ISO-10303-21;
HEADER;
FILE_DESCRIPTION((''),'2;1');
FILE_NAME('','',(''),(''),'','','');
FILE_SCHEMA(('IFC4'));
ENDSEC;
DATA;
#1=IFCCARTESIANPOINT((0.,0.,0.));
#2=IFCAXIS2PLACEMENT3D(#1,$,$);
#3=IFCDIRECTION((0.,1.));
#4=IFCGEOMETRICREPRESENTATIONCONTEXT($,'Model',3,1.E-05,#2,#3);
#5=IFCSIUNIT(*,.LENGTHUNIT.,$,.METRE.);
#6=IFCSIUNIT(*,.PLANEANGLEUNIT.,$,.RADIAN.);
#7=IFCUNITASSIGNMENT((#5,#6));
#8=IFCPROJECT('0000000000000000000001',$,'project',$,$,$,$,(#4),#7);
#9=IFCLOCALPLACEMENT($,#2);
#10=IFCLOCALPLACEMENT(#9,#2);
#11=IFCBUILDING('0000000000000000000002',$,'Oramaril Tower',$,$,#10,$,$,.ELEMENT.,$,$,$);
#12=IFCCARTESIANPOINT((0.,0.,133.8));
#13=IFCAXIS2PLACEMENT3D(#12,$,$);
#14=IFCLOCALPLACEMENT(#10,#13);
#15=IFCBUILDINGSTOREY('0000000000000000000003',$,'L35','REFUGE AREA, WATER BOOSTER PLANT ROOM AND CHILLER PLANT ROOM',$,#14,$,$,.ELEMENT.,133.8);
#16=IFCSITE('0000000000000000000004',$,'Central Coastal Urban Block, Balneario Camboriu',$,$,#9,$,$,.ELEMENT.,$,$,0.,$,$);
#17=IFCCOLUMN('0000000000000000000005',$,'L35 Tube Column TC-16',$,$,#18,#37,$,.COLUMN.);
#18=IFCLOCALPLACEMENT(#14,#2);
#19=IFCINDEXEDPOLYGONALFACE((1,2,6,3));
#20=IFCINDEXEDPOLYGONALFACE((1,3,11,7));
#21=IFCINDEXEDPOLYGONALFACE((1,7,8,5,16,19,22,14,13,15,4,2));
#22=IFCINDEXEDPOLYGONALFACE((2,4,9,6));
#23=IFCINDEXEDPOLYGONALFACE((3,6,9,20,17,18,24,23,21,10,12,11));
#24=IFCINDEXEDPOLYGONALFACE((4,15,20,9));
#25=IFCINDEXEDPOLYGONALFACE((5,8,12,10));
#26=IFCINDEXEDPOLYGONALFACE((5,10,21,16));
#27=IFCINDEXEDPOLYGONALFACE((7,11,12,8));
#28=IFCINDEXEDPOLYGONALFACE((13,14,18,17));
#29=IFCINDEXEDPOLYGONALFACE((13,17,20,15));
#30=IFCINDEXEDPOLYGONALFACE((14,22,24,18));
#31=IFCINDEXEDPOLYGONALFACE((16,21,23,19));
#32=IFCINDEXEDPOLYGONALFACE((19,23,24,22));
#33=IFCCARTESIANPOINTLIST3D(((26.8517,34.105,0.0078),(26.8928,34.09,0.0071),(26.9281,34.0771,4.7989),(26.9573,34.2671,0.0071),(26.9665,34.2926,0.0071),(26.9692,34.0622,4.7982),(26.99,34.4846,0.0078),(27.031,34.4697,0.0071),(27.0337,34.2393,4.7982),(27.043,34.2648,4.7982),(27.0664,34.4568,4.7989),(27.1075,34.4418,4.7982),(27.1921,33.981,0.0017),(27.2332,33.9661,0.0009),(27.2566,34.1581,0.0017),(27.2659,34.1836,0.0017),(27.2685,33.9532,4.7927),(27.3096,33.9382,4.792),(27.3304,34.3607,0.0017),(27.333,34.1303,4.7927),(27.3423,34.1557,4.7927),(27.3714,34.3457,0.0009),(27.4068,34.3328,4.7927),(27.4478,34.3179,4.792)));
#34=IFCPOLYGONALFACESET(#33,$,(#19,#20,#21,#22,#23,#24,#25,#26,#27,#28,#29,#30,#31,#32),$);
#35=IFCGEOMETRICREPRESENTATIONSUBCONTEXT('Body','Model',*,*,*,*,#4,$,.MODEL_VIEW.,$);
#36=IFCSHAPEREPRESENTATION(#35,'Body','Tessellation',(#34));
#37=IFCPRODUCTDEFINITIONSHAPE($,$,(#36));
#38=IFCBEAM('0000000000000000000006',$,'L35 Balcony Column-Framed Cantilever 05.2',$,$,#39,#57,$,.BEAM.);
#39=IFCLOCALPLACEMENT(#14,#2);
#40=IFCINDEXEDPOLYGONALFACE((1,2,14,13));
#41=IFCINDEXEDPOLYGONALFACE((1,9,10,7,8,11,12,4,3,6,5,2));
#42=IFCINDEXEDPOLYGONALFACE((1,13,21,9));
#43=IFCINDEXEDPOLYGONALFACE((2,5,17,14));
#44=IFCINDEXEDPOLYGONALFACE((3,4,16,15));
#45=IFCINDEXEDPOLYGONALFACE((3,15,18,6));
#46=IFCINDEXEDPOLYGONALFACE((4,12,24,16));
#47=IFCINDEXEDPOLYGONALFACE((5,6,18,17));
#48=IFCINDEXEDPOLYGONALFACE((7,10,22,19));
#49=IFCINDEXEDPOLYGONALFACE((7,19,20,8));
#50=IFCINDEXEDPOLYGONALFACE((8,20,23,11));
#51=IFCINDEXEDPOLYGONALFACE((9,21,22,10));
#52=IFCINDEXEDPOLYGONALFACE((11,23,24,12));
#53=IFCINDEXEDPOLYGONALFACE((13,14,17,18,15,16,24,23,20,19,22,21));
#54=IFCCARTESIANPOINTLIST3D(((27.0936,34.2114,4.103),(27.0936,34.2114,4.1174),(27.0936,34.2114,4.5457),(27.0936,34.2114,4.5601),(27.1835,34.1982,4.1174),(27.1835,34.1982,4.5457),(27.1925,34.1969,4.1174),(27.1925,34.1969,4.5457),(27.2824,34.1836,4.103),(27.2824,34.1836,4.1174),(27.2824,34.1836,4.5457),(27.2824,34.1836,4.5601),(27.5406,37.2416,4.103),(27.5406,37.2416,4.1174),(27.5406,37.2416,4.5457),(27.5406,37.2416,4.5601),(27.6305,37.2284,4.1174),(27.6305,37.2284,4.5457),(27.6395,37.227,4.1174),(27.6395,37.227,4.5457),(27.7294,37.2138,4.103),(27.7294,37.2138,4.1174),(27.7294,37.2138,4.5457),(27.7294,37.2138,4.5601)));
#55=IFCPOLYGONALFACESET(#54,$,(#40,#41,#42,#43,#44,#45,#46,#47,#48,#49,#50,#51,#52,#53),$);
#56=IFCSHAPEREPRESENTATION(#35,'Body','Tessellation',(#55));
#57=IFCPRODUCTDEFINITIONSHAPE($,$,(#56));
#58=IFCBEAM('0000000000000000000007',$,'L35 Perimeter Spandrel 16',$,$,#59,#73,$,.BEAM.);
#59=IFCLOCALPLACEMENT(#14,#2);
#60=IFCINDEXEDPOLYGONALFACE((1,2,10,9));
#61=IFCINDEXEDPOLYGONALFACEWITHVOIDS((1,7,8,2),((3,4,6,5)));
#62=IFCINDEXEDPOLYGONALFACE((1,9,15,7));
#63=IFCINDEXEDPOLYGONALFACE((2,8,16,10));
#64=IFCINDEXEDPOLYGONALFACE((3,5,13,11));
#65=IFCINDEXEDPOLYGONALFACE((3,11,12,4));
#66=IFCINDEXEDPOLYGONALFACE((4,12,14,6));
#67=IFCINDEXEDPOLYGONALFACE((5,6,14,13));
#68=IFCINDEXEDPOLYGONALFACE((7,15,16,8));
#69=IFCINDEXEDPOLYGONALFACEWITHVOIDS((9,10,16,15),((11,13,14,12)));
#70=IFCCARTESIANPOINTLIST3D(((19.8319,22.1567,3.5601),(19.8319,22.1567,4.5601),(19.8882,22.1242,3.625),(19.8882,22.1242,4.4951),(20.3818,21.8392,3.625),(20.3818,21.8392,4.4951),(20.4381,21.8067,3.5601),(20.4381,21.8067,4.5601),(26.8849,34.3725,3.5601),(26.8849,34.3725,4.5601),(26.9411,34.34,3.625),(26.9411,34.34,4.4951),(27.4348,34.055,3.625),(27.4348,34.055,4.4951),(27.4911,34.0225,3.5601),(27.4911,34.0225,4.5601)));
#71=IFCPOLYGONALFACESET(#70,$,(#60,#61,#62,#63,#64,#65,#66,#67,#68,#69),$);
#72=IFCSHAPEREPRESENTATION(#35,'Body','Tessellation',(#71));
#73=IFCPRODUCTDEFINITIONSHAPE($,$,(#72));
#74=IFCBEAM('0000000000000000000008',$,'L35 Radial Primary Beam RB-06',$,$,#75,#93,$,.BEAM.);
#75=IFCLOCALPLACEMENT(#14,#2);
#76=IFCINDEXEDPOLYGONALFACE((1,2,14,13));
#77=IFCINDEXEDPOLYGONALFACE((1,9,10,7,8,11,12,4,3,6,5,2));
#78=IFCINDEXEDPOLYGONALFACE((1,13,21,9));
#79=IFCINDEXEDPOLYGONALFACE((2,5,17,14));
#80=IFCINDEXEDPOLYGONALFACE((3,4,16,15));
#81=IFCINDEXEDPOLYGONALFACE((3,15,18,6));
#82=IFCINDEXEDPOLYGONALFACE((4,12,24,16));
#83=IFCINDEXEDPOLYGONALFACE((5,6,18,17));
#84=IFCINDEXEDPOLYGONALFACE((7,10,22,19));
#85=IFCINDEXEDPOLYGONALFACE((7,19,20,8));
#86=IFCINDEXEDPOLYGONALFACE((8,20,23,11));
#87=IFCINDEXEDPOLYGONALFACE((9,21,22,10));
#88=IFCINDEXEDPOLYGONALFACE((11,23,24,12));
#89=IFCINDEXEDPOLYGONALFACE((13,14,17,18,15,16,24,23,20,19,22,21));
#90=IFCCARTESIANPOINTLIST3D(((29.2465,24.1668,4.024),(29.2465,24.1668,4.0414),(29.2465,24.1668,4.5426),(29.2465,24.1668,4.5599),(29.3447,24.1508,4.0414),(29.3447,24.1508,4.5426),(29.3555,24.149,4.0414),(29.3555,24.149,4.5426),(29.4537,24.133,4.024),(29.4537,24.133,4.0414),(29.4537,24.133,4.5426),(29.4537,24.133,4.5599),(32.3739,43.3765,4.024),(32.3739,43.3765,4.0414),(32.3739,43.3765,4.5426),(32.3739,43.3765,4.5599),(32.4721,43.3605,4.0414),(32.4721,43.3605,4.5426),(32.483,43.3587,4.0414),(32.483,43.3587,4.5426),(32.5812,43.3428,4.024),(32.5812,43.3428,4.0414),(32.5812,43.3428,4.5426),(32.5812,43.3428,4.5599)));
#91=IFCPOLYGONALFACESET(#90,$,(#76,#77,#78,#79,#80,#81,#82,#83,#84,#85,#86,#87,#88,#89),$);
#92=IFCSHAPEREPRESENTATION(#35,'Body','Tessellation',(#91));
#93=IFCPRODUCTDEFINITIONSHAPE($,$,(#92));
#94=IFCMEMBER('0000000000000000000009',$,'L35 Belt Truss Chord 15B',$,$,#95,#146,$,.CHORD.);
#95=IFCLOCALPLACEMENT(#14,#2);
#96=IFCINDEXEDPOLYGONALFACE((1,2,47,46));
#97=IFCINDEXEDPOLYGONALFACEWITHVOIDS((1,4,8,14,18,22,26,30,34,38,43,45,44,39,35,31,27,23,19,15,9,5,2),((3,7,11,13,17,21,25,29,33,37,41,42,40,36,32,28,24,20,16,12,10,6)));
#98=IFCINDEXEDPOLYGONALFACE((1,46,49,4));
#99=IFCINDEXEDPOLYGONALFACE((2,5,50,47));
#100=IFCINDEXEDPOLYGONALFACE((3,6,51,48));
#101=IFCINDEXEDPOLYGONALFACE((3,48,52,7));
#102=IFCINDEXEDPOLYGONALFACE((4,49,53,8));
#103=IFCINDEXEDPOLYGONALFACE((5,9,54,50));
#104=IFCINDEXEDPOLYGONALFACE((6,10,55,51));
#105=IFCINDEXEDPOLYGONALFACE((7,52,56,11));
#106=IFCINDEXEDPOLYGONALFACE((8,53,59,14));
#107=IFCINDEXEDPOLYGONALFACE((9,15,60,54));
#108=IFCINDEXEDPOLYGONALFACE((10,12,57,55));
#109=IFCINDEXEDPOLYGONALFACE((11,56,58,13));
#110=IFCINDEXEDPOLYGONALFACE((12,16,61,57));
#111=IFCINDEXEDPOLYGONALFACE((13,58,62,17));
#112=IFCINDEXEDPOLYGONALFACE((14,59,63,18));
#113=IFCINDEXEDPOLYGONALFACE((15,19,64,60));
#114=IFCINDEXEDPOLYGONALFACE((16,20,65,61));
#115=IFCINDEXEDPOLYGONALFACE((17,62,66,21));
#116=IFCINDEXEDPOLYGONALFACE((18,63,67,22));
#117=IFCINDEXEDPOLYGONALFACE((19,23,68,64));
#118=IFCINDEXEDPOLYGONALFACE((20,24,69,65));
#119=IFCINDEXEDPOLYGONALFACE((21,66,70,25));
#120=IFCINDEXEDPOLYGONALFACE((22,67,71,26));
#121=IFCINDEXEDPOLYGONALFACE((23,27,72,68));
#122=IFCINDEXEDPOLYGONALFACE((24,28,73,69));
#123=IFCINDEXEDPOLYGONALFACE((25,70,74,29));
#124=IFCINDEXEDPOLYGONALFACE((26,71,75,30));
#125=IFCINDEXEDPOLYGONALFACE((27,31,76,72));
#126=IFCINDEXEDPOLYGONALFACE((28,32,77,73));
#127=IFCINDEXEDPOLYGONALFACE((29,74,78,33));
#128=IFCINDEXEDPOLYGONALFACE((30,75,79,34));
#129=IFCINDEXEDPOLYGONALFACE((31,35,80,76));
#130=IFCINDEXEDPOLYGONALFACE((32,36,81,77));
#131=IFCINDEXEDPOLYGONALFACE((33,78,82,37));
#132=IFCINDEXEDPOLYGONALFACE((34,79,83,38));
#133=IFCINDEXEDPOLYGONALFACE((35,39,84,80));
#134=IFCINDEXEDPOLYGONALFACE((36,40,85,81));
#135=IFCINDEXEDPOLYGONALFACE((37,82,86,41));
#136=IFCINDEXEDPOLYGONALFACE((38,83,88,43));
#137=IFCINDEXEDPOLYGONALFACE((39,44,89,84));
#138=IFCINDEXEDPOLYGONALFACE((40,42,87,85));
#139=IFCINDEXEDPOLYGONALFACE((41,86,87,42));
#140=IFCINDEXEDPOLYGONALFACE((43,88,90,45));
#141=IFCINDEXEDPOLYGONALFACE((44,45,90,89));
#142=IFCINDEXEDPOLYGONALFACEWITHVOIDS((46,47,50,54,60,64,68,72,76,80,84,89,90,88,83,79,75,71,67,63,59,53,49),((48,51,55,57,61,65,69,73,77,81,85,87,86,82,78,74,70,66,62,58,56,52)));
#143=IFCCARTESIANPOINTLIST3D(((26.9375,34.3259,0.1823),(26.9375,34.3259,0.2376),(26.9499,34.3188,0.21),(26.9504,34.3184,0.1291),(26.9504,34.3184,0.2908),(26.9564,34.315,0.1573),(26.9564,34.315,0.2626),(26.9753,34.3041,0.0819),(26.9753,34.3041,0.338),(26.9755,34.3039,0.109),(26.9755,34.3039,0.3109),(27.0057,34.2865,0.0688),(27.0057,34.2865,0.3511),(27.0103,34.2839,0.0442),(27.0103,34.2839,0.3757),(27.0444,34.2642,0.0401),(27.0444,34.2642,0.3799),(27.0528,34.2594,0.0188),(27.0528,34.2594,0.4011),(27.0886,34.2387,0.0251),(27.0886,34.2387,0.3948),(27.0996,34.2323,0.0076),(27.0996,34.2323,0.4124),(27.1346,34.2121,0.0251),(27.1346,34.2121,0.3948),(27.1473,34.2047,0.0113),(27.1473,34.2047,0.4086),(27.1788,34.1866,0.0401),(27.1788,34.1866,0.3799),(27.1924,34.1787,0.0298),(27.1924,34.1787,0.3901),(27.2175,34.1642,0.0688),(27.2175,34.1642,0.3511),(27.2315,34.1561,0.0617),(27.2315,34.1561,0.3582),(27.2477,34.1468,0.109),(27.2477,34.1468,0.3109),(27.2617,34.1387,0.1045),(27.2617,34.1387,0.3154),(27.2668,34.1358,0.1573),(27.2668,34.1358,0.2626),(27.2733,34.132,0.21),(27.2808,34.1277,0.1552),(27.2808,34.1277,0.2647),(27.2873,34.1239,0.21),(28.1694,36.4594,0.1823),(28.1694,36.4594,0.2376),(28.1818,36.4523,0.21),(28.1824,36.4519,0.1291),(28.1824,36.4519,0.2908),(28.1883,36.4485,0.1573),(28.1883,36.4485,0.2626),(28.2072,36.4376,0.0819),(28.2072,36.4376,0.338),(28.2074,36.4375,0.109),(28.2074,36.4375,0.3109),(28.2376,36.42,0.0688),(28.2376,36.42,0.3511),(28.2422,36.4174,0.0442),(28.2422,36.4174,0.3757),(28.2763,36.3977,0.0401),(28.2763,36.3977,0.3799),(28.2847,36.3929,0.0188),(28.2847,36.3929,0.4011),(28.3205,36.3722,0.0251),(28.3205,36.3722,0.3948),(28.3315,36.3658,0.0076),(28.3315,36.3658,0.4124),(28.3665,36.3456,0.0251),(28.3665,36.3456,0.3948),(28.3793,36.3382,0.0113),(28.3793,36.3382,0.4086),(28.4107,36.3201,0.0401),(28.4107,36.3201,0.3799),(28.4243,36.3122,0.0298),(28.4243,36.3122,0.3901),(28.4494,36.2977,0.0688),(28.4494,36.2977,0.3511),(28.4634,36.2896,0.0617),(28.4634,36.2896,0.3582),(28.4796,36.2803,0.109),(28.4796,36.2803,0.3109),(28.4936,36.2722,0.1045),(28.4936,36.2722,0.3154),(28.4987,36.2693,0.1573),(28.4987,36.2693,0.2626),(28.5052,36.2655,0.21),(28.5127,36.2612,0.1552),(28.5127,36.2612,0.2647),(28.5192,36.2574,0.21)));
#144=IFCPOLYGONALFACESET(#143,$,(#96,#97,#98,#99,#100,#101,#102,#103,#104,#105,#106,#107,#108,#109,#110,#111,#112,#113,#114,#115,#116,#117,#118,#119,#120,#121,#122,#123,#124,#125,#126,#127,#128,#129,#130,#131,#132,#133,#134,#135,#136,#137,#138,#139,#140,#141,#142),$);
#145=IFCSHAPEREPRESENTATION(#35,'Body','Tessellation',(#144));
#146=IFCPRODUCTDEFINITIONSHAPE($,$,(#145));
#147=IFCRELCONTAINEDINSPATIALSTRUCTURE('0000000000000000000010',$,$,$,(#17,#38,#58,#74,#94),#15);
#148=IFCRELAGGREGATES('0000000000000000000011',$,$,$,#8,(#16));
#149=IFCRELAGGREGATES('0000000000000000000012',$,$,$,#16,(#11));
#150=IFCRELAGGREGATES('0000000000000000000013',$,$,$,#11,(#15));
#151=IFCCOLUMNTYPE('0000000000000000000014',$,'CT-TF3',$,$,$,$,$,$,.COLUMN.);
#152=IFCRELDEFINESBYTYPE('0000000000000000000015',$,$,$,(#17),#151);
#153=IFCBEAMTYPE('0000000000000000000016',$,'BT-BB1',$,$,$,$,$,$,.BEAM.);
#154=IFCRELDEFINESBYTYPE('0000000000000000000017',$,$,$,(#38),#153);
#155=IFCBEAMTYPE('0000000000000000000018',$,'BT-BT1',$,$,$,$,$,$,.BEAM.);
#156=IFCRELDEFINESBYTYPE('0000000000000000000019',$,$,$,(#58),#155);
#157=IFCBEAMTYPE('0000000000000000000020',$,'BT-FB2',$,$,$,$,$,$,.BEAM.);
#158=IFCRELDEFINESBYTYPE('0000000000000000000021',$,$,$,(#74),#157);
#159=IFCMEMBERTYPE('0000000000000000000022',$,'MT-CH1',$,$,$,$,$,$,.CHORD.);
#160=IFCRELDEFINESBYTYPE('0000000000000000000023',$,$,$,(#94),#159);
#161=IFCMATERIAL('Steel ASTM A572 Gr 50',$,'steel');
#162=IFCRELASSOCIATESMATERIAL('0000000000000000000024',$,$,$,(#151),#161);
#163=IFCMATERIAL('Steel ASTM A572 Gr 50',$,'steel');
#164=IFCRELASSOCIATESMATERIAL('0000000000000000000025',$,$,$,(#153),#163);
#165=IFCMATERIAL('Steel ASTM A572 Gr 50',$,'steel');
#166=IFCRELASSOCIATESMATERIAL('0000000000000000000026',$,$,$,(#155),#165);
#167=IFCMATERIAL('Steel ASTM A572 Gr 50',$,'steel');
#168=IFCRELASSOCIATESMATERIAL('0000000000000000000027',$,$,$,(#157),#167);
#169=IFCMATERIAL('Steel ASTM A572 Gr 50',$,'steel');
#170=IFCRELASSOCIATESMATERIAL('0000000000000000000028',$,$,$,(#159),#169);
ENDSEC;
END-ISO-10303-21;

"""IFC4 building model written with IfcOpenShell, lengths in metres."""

from ifc_helpers import new_model, si_unit, direction, frame, origin, origin_2d, place, context, subcontext, project, spatial, hollow_rectangle, hollow_circle, i_section, extrude, material, material_profile, profile_set, type_object, element, save


model = new_model("IFC4")

# Units and contexts
model_context = context("Model", 3, precision=1e-05, world=origin(), true_north=direction((0.0, 1.0)))
body_context = subcontext(model_context, "Body", "Model", "MODEL_VIEW")
ifc_project = project(units=[si_unit("LENGTHUNIT", "METRE"), si_unit("PLANEANGLEUNIT", "RADIAN")], contexts=[model_context])

# Site, building, storey
site_placement = place(None, origin())
site = spatial("IfcSite", under=ifc_project, at=site_placement, Name="Central Coastal Urban Block, Balneario Camboriu", CompositionType="ELEMENT", RefElevation=0.0)
building_placement = place(site_placement, origin())
building = spatial("IfcBuilding", under=site, at=building_placement, Name="Oramaril Tower", CompositionType="ELEMENT")
storey_placement = place(building_placement, frame((0.0, 0.0, 133.8)))
storey = spatial("IfcBuildingStorey", under=building, at=storey_placement, Name="L35", Description="REFUGE AREA, WATER BOOSTER PLANT ROOM AND CHILLER PLANT ROOM", CompositionType="ELEMENT", Elevation=133.8)

# Column
ifc_material_1 = material(Name="Steel ASTM A572 Gr 50", Category="steel")
ifc_material_profile_1 = material_profile(ifc_material_1, i_section(OverallWidth=0.4041, OverallDepth=0.406, WebThickness=0.0271, FlangeThickness=0.0437, at=origin_2d()), Name="W14X233")
ifc_profile_set_1 = profile_set([ifc_material_profile_1], Name="Steel ASTM A572 Gr 50")
column_type = type_object("IfcColumnType", Name="CT-TF3", PredefinedType="COLUMN", material=ifc_profile_set_1)
column_placement = place(storey_placement, frame((27.1116, 34.2253, 0.0044), z_axis=(0.015948, -0.005808, 0.999856), x_axis=(0.342225, 0.939618, 0.0)))
element("IfcColumn", 1, at=column_placement, inside=storey, type_object=column_type, Name="L35 Tube Column TC-16", PredefinedType="COLUMN", context=body_context, shape_type="SweptSolid", body=[
    extrude(i_section(OverallWidth=0.4041, OverallDepth=0.406, WebThickness=0.0271, FlangeThickness=0.0437, at=origin_2d()), origin(), (0.0, 0.0, 1.0), 4.7917),
])

# Beams
ifc_material_2 = material(Name="Steel ASTM A572 Gr 50", Category="steel")
ifc_material_profile_2 = material_profile(ifc_material_2, i_section(OverallWidth=0.1909, OverallDepth=0.457, WebThickness=0.009, FlangeThickness=0.0144, at=origin_2d()), Name="W18X50")
ifc_profile_set_2 = profile_set([ifc_material_profile_2], Name="Steel ASTM A572 Gr 50")
beam_type_1 = type_object("IfcBeamType", Name="BT-BB1", PredefinedType="BEAM", material=ifc_profile_set_2)
beam_1_placement = place(storey_placement, frame((27.188, 34.1975, 4.3315), z_axis=(0.145939, 0.989294, 0.0), x_axis=(-0.989294, 0.145939, 0.0)))
element("IfcBeam", 2, at=beam_1_placement, inside=storey, type_object=beam_type_1, Name="L35 Balcony Column-Framed Cantilever 05.2", PredefinedType="BEAM", context=body_context, shape_type="SweptSolid", body=[
    extrude(i_section(OverallWidth=0.1909, OverallDepth=0.457, WebThickness=0.009, FlangeThickness=0.0144, at=origin_2d()), origin(), (0.0, 0.0, 1.0), 3.063),
])
ifc_material_3 = material(Name="Steel ASTM A572 Gr 50", Category="steel")
ifc_material_profile_3 = material_profile(ifc_material_3, hollow_rectangle(XDim=0.7, YDim=1.0, WallThickness=0.0649, at=origin_2d()), Name="BOX1000X700X65")
ifc_profile_set_3 = profile_set([ifc_material_profile_3], Name="Steel ASTM A572 Gr 50")
beam_type_2 = type_object("IfcBeamType", Name="BT-BT1", PredefinedType="BEAM", material=ifc_profile_set_3)
beam_2_placement = place(storey_placement, frame((27.188, 34.1975, 4.0601), z_axis=(-0.500009, -0.86602, 0.0), x_axis=(0.86602, -0.500009, 0.0)))
element("IfcBeam", 3, at=beam_2_placement, inside=storey, type_object=beam_type_2, Name="L35 Perimeter Spandrel 16", PredefinedType="BEAM", context=body_context, shape_type="SweptSolid", body=[
    extrude(hollow_rectangle(XDim=0.7, YDim=1.0, WallThickness=0.0649, at=origin_2d()), origin(), (0.0, 0.0, 1.0), 14.1057),
])
ifc_material_4 = material(Name="Steel ASTM A572 Gr 50", Category="steel")
ifc_material_profile_4 = material_profile(ifc_material_4, i_section(OverallWidth=0.21, OverallDepth=0.5359, WebThickness=0.011, FlangeThickness=0.0173, at=origin_2d()), Name="W21X68")
ifc_profile_set_4 = profile_set([ifc_material_profile_4], Name="Steel ASTM A572 Gr 50")
beam_type_3 = type_object("IfcBeamType", Name="BT-FB2", PredefinedType="BEAM", material=ifc_profile_set_4)
beam_3_placement = place(storey_placement, frame((29.3501, 24.1499, 4.292), z_axis=(0.16069, 0.987005, 0.0), x_axis=(-0.987005, 0.16069, 0.0)))
element("IfcBeam", 4, at=beam_3_placement, inside=storey, type_object=beam_type_3, Name="L35 Radial Primary Beam RB-06", PredefinedType="BEAM", context=body_context, shape_type="SweptSolid", body=[
    extrude(i_section(OverallWidth=0.21, OverallDepth=0.5359, WebThickness=0.011, FlangeThickness=0.0173, at=origin_2d()), origin(), (0.0, 0.0, 1.0), 19.4626),
])

# Member
ifc_material_5 = material(Name="Steel ASTM A572 Gr 50", Category="steel")
ifc_material_profile_5 = material_profile(ifc_material_5, hollow_circle(Radius=0.2029, WallThickness=0.0161, at=origin_2d()), Name="CHS406X16")
ifc_profile_set_5 = profile_set([ifc_material_profile_5], Name="Steel ASTM A572 Gr 50")
member_type_1 = type_object("IfcMemberType", Name="MT-CH1", PredefinedType="CHORD", material=ifc_profile_set_5)
member_1_placement = place(storey_placement, frame((28.3435, 36.3589, 0.21), z_axis=(-0.50004, -0.866002, 0.0), x_axis=(0.866002, -0.50004, 0.0)))
element("IfcMember", 5, at=member_1_placement, inside=storey, type_object=member_type_1, Name="L35 Belt Truss Chord 15B", PredefinedType="CHORD", context=body_context, shape_type="SweptSolid", body=[
    extrude(hollow_circle(Radius=0.2029, WallThickness=0.0161, at=origin_2d()), origin(), (0.0, 0.0, 1.0), 2.4636),
])

save(model, "model.ifc")
